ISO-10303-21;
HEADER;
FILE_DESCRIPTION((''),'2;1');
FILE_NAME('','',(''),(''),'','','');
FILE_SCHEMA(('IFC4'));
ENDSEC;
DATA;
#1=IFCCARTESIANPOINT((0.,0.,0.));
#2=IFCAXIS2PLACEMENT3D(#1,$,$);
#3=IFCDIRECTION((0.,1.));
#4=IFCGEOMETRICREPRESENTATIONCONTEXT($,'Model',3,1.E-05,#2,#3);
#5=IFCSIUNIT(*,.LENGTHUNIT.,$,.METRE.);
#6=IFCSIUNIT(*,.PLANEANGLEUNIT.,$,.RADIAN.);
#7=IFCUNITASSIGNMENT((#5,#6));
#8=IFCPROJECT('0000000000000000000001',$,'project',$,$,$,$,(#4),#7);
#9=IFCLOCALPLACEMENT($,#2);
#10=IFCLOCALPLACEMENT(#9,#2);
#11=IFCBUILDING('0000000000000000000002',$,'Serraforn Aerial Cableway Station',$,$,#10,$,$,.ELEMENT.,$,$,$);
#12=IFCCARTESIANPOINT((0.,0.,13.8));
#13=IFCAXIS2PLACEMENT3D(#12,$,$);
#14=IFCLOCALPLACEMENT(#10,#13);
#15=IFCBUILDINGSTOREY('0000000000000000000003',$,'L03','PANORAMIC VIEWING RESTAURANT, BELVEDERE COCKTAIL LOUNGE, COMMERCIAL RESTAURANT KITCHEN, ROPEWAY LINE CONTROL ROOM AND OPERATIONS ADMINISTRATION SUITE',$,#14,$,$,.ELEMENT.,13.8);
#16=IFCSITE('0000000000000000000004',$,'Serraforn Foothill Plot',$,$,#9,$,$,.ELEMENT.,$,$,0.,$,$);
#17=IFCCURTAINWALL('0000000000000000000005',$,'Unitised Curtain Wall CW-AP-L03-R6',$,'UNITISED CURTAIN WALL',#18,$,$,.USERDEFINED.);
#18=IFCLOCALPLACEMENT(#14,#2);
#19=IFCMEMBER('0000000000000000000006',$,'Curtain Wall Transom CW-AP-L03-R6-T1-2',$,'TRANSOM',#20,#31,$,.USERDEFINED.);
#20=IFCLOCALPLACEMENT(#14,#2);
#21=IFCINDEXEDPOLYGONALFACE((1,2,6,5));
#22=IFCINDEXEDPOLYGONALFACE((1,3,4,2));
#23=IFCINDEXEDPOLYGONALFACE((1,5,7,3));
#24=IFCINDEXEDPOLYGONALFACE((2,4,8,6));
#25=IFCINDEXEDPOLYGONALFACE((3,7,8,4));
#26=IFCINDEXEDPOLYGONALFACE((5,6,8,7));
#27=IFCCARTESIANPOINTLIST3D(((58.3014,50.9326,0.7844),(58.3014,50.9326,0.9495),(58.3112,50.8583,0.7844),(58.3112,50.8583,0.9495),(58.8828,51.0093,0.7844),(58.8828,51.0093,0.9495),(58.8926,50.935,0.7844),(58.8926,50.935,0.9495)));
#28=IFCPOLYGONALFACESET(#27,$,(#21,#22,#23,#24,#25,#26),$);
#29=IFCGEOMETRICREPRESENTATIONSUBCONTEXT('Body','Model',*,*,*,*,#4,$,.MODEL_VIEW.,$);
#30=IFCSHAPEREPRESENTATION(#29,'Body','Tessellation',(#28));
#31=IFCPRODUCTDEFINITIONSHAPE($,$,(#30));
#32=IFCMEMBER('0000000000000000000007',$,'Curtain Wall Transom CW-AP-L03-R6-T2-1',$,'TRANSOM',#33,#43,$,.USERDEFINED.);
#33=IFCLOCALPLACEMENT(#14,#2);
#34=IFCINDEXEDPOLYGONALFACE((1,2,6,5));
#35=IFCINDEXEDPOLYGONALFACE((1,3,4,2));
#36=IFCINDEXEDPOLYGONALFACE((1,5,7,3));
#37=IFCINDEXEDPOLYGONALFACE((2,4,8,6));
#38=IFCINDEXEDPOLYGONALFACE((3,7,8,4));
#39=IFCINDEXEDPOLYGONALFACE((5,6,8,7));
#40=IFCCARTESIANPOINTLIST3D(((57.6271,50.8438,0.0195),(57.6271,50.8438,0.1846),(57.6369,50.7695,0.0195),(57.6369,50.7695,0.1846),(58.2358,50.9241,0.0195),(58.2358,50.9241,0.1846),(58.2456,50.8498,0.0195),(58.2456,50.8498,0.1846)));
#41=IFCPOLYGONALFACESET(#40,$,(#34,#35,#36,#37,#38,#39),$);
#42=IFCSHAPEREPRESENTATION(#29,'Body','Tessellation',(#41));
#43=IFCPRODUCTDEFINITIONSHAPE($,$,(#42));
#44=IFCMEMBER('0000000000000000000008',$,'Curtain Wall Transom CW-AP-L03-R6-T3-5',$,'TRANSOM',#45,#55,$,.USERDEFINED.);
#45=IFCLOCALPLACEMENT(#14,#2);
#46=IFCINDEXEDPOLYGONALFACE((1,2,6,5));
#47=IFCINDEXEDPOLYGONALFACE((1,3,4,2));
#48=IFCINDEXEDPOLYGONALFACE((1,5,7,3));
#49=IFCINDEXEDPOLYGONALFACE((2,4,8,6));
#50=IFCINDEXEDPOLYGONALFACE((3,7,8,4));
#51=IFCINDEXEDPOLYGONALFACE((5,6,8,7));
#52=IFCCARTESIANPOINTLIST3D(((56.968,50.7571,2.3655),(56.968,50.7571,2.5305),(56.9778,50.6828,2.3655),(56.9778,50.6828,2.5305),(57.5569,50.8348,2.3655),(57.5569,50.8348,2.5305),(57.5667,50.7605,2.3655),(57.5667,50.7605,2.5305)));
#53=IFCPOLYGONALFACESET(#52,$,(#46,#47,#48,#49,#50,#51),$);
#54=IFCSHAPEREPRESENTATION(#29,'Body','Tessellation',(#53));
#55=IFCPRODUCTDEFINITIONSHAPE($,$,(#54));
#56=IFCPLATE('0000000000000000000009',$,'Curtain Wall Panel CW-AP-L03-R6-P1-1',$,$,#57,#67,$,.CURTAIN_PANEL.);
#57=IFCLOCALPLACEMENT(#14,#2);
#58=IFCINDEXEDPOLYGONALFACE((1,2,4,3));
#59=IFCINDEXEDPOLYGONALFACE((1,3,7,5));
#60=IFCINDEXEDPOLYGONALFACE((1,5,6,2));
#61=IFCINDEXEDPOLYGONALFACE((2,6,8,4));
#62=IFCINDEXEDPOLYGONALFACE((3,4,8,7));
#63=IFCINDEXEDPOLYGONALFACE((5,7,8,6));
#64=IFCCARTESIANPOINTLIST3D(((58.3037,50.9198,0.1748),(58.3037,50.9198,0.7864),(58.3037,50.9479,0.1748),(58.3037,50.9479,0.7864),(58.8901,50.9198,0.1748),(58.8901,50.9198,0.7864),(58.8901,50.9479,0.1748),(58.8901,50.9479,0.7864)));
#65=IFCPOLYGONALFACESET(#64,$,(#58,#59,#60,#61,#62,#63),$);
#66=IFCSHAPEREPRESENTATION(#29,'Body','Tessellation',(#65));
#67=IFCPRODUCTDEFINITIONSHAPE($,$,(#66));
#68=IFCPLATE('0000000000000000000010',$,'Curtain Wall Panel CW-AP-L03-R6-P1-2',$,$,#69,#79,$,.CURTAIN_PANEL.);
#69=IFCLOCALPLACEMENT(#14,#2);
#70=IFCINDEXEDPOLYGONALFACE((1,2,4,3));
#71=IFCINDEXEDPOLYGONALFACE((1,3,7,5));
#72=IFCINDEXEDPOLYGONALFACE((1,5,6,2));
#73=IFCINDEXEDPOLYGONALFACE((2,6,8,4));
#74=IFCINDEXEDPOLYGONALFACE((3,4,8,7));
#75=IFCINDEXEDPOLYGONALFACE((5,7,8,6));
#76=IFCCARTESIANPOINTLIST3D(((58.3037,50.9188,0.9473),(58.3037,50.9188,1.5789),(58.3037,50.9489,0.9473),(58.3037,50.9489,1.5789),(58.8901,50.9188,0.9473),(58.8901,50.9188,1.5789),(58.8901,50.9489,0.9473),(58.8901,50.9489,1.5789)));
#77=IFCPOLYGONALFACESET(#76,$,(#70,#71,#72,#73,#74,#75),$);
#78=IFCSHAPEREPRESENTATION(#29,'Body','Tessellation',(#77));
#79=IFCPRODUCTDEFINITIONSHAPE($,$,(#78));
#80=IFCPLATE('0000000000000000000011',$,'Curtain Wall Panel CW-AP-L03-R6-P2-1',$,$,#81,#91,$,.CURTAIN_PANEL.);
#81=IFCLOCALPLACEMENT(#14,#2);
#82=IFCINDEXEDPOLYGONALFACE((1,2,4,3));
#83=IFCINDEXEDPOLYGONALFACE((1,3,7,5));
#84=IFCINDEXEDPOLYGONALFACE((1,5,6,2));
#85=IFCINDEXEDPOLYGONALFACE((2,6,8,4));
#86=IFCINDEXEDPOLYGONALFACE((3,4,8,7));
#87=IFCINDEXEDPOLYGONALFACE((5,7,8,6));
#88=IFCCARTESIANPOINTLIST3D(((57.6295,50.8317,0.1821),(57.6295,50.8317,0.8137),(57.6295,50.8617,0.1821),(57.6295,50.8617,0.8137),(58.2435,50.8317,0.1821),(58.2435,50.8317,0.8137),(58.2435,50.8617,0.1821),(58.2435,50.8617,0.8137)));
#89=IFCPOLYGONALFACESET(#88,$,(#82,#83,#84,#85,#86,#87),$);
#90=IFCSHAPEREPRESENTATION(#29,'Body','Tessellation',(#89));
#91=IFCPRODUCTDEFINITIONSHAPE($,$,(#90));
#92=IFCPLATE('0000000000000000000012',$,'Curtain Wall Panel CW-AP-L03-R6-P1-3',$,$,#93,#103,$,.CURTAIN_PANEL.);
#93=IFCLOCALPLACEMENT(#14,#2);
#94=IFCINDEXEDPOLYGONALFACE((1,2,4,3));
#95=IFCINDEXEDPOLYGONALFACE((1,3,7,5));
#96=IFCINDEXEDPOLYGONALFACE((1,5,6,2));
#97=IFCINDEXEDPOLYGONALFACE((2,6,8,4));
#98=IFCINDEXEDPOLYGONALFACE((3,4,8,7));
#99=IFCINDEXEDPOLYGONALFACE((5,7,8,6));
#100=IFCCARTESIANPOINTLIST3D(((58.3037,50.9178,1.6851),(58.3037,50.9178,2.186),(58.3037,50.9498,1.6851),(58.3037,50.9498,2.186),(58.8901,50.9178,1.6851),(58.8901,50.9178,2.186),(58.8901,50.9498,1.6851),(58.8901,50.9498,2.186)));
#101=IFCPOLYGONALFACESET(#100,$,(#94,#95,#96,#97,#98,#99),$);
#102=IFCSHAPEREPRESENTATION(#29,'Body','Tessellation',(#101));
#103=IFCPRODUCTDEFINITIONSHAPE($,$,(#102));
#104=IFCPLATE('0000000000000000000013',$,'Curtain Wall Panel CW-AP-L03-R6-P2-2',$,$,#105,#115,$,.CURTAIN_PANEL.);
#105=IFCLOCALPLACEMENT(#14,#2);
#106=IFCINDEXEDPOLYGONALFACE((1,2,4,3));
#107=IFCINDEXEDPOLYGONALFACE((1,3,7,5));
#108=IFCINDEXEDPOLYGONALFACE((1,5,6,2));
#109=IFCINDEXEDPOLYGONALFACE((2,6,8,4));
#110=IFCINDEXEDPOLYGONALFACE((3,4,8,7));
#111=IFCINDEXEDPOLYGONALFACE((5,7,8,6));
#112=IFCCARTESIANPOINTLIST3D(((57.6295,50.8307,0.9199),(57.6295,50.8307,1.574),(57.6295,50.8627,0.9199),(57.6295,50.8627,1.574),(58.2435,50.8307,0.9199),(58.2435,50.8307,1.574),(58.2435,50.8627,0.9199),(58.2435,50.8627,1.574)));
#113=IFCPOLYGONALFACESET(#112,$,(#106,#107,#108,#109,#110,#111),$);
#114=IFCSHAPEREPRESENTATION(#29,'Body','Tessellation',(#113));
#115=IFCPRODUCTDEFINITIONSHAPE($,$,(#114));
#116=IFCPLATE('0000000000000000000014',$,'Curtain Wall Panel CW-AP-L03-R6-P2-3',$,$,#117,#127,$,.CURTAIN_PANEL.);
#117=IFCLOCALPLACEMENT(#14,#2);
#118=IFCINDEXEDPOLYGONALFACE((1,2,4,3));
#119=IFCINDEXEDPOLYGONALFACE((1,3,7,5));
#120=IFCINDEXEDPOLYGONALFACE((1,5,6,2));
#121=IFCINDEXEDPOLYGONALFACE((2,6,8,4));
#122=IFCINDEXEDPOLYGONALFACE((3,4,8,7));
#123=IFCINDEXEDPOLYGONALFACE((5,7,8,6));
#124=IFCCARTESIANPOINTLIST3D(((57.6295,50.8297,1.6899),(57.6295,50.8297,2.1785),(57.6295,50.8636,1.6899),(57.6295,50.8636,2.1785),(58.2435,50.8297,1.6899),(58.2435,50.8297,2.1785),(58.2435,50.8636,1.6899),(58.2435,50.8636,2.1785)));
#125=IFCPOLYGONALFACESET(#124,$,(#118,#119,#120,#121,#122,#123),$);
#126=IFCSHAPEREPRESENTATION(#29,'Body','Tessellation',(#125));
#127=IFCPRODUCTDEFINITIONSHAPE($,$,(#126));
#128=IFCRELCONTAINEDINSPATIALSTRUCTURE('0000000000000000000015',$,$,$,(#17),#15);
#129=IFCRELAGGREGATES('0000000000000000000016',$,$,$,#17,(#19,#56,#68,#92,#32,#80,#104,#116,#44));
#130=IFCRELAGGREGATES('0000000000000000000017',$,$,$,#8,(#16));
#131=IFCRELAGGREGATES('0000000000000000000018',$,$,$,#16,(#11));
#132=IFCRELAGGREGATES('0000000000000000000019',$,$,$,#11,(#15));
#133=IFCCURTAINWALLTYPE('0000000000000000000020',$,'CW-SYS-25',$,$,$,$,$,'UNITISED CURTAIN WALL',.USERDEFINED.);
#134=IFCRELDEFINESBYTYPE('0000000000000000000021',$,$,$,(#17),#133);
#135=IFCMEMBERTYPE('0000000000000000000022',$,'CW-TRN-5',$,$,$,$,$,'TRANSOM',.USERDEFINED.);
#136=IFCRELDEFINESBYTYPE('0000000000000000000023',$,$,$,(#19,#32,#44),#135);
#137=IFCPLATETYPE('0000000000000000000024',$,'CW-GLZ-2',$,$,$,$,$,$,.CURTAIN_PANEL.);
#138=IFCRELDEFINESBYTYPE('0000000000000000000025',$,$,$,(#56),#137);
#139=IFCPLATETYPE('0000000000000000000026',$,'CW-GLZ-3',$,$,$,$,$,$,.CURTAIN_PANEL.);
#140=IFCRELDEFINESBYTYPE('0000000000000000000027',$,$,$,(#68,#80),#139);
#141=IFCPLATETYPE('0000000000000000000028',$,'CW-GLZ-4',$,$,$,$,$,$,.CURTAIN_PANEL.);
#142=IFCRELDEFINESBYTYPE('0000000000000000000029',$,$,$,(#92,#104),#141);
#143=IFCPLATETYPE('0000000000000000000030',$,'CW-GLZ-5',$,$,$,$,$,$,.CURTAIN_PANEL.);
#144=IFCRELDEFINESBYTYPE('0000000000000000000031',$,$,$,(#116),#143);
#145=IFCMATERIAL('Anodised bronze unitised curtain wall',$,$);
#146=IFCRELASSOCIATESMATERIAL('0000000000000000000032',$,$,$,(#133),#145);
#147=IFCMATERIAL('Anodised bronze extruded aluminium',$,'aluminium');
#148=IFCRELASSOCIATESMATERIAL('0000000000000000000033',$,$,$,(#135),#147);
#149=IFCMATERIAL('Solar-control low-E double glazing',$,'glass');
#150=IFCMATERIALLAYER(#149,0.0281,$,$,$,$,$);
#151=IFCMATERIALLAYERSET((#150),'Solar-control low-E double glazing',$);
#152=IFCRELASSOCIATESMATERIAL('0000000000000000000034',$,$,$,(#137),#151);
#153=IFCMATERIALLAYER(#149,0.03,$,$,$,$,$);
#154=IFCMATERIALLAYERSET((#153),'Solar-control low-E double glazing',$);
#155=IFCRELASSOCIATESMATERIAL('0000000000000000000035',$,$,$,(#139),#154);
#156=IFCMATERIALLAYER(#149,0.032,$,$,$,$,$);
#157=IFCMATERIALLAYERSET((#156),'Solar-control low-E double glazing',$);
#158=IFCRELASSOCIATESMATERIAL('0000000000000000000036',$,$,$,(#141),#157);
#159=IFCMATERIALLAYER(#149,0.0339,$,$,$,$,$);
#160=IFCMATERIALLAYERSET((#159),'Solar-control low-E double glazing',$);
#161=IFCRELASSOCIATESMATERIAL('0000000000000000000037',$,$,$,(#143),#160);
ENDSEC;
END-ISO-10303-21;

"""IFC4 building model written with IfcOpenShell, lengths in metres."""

from ifc_helpers import new_model, si_unit, direction, frame, origin, origin_2d, place, context, subcontext, project, spatial, rectangle, extrude, material, layer, layer_set, material_profile, profile_set, type_object, element, aggregate, save


model = new_model("IFC4")

# Units and contexts
model_context = context("Model", 3, precision=1e-05, world=origin(), true_north=direction((0.0, 1.0)))
body_context = subcontext(model_context, "Body", "Model", "MODEL_VIEW")
ifc_project = project(units=[si_unit("LENGTHUNIT", "METRE"), si_unit("PLANEANGLEUNIT", "RADIAN")], contexts=[model_context])

# Site, building, storey
site_placement = place(None, origin())
site = spatial("IfcSite", under=ifc_project, at=site_placement, Name="Serraforn Foothill Plot", CompositionType="ELEMENT", RefElevation=0.0)
building_placement = place(site_placement, origin())
building = spatial("IfcBuilding", under=site, at=building_placement, Name="Serraforn Aerial Cableway Station", CompositionType="ELEMENT")
storey_placement = place(building_placement, frame((0.0, 0.0, 13.8)))
storey = spatial("IfcBuildingStorey", under=building, at=storey_placement, Name="L03", Description="PANORAMIC VIEWING RESTAURANT, BELVEDERE COCKTAIL LOUNGE, COMMERCIAL RESTAURANT KITCHEN, ROPEWAY LINE CONTROL ROOM AND OPERATIONS ADMINISTRATION SUITE", CompositionType="ELEMENT", Elevation=13.8)

# Curtain wall, members, plates
ifc_material_1 = material(Name="Anodised bronze unitised curtain wall")
curtain_wall_type = type_object("IfcCurtainWallType", Name="CW-SYS-25", ElementType="UNITISED CURTAIN WALL", PredefinedType="USERDEFINED", material=ifc_material_1)
curtain_wall_placement = place(storey_placement, origin())
curtain_wall = element("IfcCurtainWall", 1, at=curtain_wall_placement, inside=storey, type_object=curtain_wall_type, Name="Unitised Curtain Wall CW-AP-L03-R6", ObjectType="UNITISED CURTAIN WALL", PredefinedType="USERDEFINED")
ifc_material_2 = material(Name="Anodised bronze extruded aluminium", Category="aluminium")
ifc_material_profile_1 = material_profile(ifc_material_2, rectangle(XDim=0.075, YDim=0.165, at=origin_2d()), Name="CW TRANSOM 75x165")
ifc_profile_set_1 = profile_set([ifc_material_profile_1], Name="Anodised bronze extruded aluminium")
member_type_1 = type_object("IfcMemberType", Name="CW-TRN-5", ElementType="TRANSOM", PredefinedType="USERDEFINED", material=ifc_profile_set_1)
member_1_placement = place(storey_placement, frame((58.8877, 50.9722, 0.8669), z_axis=(-0.991416, -0.130745, 0.0), x_axis=(0.130745, -0.991416, 0.0)))
member_1 = element("IfcMember", 2, at=member_1_placement, type_object=member_type_1, Name="Curtain Wall Transom CW-AP-L03-R6-T1-2", ObjectType="TRANSOM", PredefinedType="USERDEFINED", context=body_context, shape_type="SweptSolid", body=[
    extrude(rectangle(XDim=0.075, YDim=0.165, at=origin_2d()), origin(), (0.0, 0.0, 1.0), 0.5864),
])
member_2_placement = place(storey_placement, frame((58.2407, 50.887, 0.1021), z_axis=(-0.991404, -0.130835, 0.0), x_axis=(0.130835, -0.991404, 0.0)))
member_2 = element("IfcMember", 3, at=member_2_placement, type_object=member_type_1, Name="Curtain Wall Transom CW-AP-L03-R6-T2-1", ObjectType="TRANSOM", PredefinedType="USERDEFINED", context=body_context, shape_type="SweptSolid", body=[
    extrude(rectangle(XDim=0.075, YDim=0.165, at=origin_2d()), origin(), (0.0, 0.0, 1.0), 0.614),
])
member_3_placement = place(storey_placement, frame((57.5618, 50.7976, 2.448), z_axis=(-0.991421, -0.13071, 0.0), x_axis=(0.13071, -0.991421, 0.0)))
member_3 = element("IfcMember", 4, at=member_3_placement, type_object=member_type_1, Name="Curtain Wall Transom CW-AP-L03-R6-T3-5", ObjectType="TRANSOM", PredefinedType="USERDEFINED", context=body_context, shape_type="SweptSolid", body=[
    extrude(rectangle(XDim=0.075, YDim=0.165, at=origin_2d()), origin(), (0.0, 0.0, 1.0), 0.594),
])
ifc_material_3 = material(Name="Solar-control low-E double glazing", Category="glass")
ifc_layer_1 = layer(ifc_material_3, 0.0281)
ifc_layer_set_1 = layer_set([ifc_layer_1], Name="Solar-control low-E double glazing")
plate_type_1 = type_object("IfcPlateType", Name="CW-GLZ-2", PredefinedType="CURTAIN_PANEL", material=ifc_layer_set_1)
plate_1_placement = place(storey_placement, frame((58.5969, 50.9338, 0.1748), z_axis=(0.0, 0.0, 1.0), x_axis=(1.0, 0.0, 0.0)))
plate_1 = element("IfcPlate", 5, at=plate_1_placement, type_object=plate_type_1, Name="Curtain Wall Panel CW-AP-L03-R6-P1-1", PredefinedType="CURTAIN_PANEL", context=body_context, shape_type="SweptSolid", body=[
    extrude(rectangle(XDim=0.5864, YDim=0.0281, at=origin_2d()), origin(), (0.0, 0.0, 1.0), 0.6116),
])
ifc_layer_2 = layer(ifc_material_3, 0.03)
ifc_layer_set_2 = layer_set([ifc_layer_2], Name="Solar-control low-E double glazing")
plate_type_2 = type_object("IfcPlateType", Name="CW-GLZ-3", PredefinedType="CURTAIN_PANEL", material=ifc_layer_set_2)
plate_2_placement = place(storey_placement, frame((58.5969, 50.9338, 0.9473), z_axis=(0.0, 0.0, 1.0), x_axis=(1.0, 0.0, 0.0)))
plate_2 = element("IfcPlate", 6, at=plate_2_placement, type_object=plate_type_2, Name="Curtain Wall Panel CW-AP-L03-R6-P1-2", PredefinedType="CURTAIN_PANEL", context=body_context, shape_type="SweptSolid", body=[
    extrude(rectangle(XDim=0.5864, YDim=0.03, at=origin_2d()), origin(), (0.0, 0.0, 1.0), 0.6316),
])
plate_3_placement = place(storey_placement, frame((57.9365, 50.8467, 0.1821), z_axis=(0.0, 0.0, 1.0), x_axis=(1.0, 0.0, 0.0)))
plate_3 = element("IfcPlate", 7, at=plate_3_placement, type_object=plate_type_2, Name="Curtain Wall Panel CW-AP-L03-R6-P2-1", PredefinedType="CURTAIN_PANEL", context=body_context, shape_type="SweptSolid", body=[
    extrude(rectangle(XDim=0.614, YDim=0.03, at=origin_2d()), origin(), (0.0, 0.0, 1.0), 0.6316),
])
ifc_layer_3 = layer(ifc_material_3, 0.032)
ifc_layer_set_3 = layer_set([ifc_layer_3], Name="Solar-control low-E double glazing")
plate_type_3 = type_object("IfcPlateType", Name="CW-GLZ-4", PredefinedType="CURTAIN_PANEL", material=ifc_layer_set_3)
plate_4_placement = place(storey_placement, frame((58.5969, 50.9338, 1.6851), z_axis=(0.0, 0.0, 1.0), x_axis=(1.0, 0.0, 0.0)))
plate_4 = element("IfcPlate", 8, at=plate_4_placement, type_object=plate_type_3, Name="Curtain Wall Panel CW-AP-L03-R6-P1-3", PredefinedType="CURTAIN_PANEL", context=body_context, shape_type="SweptSolid", body=[
    extrude(rectangle(XDim=0.5864, YDim=0.032, at=origin_2d()), origin(), (0.0, 0.0, 1.0), 0.501),
])
plate_5_placement = place(storey_placement, frame((57.9365, 50.8467, 0.9199), z_axis=(0.0, 0.0, 1.0), x_axis=(1.0, 0.0, 0.0)))
plate_5 = element("IfcPlate", 9, at=plate_5_placement, type_object=plate_type_3, Name="Curtain Wall Panel CW-AP-L03-R6-P2-2", PredefinedType="CURTAIN_PANEL", context=body_context, shape_type="SweptSolid", body=[
    extrude(rectangle(XDim=0.614, YDim=0.032, at=origin_2d()), origin(), (0.0, 0.0, 1.0), 0.6541),
])
ifc_layer_4 = layer(ifc_material_3, 0.0339)
ifc_layer_set_4 = layer_set([ifc_layer_4], Name="Solar-control low-E double glazing")
plate_type_4 = type_object("IfcPlateType", Name="CW-GLZ-5", PredefinedType="CURTAIN_PANEL", material=ifc_layer_set_4)
plate_6_placement = place(storey_placement, frame((57.9365, 50.8467, 1.6899), z_axis=(0.0, 0.0, 1.0), x_axis=(1.0, 0.0, 0.0)))
plate_6 = element("IfcPlate", 10, at=plate_6_placement, type_object=plate_type_4, Name="Curtain Wall Panel CW-AP-L03-R6-P2-3", PredefinedType="CURTAIN_PANEL", context=body_context, shape_type="SweptSolid", body=[
    extrude(rectangle(XDim=0.614, YDim=0.0339, at=origin_2d()), origin(), (0.0, 0.0, 1.0), 0.4885),
])
aggregate(curtain_wall, [member_1, plate_1, plate_2, plate_4, member_2, plate_3, plate_5, plate_6, member_3])

save(model, "model.ifc")
